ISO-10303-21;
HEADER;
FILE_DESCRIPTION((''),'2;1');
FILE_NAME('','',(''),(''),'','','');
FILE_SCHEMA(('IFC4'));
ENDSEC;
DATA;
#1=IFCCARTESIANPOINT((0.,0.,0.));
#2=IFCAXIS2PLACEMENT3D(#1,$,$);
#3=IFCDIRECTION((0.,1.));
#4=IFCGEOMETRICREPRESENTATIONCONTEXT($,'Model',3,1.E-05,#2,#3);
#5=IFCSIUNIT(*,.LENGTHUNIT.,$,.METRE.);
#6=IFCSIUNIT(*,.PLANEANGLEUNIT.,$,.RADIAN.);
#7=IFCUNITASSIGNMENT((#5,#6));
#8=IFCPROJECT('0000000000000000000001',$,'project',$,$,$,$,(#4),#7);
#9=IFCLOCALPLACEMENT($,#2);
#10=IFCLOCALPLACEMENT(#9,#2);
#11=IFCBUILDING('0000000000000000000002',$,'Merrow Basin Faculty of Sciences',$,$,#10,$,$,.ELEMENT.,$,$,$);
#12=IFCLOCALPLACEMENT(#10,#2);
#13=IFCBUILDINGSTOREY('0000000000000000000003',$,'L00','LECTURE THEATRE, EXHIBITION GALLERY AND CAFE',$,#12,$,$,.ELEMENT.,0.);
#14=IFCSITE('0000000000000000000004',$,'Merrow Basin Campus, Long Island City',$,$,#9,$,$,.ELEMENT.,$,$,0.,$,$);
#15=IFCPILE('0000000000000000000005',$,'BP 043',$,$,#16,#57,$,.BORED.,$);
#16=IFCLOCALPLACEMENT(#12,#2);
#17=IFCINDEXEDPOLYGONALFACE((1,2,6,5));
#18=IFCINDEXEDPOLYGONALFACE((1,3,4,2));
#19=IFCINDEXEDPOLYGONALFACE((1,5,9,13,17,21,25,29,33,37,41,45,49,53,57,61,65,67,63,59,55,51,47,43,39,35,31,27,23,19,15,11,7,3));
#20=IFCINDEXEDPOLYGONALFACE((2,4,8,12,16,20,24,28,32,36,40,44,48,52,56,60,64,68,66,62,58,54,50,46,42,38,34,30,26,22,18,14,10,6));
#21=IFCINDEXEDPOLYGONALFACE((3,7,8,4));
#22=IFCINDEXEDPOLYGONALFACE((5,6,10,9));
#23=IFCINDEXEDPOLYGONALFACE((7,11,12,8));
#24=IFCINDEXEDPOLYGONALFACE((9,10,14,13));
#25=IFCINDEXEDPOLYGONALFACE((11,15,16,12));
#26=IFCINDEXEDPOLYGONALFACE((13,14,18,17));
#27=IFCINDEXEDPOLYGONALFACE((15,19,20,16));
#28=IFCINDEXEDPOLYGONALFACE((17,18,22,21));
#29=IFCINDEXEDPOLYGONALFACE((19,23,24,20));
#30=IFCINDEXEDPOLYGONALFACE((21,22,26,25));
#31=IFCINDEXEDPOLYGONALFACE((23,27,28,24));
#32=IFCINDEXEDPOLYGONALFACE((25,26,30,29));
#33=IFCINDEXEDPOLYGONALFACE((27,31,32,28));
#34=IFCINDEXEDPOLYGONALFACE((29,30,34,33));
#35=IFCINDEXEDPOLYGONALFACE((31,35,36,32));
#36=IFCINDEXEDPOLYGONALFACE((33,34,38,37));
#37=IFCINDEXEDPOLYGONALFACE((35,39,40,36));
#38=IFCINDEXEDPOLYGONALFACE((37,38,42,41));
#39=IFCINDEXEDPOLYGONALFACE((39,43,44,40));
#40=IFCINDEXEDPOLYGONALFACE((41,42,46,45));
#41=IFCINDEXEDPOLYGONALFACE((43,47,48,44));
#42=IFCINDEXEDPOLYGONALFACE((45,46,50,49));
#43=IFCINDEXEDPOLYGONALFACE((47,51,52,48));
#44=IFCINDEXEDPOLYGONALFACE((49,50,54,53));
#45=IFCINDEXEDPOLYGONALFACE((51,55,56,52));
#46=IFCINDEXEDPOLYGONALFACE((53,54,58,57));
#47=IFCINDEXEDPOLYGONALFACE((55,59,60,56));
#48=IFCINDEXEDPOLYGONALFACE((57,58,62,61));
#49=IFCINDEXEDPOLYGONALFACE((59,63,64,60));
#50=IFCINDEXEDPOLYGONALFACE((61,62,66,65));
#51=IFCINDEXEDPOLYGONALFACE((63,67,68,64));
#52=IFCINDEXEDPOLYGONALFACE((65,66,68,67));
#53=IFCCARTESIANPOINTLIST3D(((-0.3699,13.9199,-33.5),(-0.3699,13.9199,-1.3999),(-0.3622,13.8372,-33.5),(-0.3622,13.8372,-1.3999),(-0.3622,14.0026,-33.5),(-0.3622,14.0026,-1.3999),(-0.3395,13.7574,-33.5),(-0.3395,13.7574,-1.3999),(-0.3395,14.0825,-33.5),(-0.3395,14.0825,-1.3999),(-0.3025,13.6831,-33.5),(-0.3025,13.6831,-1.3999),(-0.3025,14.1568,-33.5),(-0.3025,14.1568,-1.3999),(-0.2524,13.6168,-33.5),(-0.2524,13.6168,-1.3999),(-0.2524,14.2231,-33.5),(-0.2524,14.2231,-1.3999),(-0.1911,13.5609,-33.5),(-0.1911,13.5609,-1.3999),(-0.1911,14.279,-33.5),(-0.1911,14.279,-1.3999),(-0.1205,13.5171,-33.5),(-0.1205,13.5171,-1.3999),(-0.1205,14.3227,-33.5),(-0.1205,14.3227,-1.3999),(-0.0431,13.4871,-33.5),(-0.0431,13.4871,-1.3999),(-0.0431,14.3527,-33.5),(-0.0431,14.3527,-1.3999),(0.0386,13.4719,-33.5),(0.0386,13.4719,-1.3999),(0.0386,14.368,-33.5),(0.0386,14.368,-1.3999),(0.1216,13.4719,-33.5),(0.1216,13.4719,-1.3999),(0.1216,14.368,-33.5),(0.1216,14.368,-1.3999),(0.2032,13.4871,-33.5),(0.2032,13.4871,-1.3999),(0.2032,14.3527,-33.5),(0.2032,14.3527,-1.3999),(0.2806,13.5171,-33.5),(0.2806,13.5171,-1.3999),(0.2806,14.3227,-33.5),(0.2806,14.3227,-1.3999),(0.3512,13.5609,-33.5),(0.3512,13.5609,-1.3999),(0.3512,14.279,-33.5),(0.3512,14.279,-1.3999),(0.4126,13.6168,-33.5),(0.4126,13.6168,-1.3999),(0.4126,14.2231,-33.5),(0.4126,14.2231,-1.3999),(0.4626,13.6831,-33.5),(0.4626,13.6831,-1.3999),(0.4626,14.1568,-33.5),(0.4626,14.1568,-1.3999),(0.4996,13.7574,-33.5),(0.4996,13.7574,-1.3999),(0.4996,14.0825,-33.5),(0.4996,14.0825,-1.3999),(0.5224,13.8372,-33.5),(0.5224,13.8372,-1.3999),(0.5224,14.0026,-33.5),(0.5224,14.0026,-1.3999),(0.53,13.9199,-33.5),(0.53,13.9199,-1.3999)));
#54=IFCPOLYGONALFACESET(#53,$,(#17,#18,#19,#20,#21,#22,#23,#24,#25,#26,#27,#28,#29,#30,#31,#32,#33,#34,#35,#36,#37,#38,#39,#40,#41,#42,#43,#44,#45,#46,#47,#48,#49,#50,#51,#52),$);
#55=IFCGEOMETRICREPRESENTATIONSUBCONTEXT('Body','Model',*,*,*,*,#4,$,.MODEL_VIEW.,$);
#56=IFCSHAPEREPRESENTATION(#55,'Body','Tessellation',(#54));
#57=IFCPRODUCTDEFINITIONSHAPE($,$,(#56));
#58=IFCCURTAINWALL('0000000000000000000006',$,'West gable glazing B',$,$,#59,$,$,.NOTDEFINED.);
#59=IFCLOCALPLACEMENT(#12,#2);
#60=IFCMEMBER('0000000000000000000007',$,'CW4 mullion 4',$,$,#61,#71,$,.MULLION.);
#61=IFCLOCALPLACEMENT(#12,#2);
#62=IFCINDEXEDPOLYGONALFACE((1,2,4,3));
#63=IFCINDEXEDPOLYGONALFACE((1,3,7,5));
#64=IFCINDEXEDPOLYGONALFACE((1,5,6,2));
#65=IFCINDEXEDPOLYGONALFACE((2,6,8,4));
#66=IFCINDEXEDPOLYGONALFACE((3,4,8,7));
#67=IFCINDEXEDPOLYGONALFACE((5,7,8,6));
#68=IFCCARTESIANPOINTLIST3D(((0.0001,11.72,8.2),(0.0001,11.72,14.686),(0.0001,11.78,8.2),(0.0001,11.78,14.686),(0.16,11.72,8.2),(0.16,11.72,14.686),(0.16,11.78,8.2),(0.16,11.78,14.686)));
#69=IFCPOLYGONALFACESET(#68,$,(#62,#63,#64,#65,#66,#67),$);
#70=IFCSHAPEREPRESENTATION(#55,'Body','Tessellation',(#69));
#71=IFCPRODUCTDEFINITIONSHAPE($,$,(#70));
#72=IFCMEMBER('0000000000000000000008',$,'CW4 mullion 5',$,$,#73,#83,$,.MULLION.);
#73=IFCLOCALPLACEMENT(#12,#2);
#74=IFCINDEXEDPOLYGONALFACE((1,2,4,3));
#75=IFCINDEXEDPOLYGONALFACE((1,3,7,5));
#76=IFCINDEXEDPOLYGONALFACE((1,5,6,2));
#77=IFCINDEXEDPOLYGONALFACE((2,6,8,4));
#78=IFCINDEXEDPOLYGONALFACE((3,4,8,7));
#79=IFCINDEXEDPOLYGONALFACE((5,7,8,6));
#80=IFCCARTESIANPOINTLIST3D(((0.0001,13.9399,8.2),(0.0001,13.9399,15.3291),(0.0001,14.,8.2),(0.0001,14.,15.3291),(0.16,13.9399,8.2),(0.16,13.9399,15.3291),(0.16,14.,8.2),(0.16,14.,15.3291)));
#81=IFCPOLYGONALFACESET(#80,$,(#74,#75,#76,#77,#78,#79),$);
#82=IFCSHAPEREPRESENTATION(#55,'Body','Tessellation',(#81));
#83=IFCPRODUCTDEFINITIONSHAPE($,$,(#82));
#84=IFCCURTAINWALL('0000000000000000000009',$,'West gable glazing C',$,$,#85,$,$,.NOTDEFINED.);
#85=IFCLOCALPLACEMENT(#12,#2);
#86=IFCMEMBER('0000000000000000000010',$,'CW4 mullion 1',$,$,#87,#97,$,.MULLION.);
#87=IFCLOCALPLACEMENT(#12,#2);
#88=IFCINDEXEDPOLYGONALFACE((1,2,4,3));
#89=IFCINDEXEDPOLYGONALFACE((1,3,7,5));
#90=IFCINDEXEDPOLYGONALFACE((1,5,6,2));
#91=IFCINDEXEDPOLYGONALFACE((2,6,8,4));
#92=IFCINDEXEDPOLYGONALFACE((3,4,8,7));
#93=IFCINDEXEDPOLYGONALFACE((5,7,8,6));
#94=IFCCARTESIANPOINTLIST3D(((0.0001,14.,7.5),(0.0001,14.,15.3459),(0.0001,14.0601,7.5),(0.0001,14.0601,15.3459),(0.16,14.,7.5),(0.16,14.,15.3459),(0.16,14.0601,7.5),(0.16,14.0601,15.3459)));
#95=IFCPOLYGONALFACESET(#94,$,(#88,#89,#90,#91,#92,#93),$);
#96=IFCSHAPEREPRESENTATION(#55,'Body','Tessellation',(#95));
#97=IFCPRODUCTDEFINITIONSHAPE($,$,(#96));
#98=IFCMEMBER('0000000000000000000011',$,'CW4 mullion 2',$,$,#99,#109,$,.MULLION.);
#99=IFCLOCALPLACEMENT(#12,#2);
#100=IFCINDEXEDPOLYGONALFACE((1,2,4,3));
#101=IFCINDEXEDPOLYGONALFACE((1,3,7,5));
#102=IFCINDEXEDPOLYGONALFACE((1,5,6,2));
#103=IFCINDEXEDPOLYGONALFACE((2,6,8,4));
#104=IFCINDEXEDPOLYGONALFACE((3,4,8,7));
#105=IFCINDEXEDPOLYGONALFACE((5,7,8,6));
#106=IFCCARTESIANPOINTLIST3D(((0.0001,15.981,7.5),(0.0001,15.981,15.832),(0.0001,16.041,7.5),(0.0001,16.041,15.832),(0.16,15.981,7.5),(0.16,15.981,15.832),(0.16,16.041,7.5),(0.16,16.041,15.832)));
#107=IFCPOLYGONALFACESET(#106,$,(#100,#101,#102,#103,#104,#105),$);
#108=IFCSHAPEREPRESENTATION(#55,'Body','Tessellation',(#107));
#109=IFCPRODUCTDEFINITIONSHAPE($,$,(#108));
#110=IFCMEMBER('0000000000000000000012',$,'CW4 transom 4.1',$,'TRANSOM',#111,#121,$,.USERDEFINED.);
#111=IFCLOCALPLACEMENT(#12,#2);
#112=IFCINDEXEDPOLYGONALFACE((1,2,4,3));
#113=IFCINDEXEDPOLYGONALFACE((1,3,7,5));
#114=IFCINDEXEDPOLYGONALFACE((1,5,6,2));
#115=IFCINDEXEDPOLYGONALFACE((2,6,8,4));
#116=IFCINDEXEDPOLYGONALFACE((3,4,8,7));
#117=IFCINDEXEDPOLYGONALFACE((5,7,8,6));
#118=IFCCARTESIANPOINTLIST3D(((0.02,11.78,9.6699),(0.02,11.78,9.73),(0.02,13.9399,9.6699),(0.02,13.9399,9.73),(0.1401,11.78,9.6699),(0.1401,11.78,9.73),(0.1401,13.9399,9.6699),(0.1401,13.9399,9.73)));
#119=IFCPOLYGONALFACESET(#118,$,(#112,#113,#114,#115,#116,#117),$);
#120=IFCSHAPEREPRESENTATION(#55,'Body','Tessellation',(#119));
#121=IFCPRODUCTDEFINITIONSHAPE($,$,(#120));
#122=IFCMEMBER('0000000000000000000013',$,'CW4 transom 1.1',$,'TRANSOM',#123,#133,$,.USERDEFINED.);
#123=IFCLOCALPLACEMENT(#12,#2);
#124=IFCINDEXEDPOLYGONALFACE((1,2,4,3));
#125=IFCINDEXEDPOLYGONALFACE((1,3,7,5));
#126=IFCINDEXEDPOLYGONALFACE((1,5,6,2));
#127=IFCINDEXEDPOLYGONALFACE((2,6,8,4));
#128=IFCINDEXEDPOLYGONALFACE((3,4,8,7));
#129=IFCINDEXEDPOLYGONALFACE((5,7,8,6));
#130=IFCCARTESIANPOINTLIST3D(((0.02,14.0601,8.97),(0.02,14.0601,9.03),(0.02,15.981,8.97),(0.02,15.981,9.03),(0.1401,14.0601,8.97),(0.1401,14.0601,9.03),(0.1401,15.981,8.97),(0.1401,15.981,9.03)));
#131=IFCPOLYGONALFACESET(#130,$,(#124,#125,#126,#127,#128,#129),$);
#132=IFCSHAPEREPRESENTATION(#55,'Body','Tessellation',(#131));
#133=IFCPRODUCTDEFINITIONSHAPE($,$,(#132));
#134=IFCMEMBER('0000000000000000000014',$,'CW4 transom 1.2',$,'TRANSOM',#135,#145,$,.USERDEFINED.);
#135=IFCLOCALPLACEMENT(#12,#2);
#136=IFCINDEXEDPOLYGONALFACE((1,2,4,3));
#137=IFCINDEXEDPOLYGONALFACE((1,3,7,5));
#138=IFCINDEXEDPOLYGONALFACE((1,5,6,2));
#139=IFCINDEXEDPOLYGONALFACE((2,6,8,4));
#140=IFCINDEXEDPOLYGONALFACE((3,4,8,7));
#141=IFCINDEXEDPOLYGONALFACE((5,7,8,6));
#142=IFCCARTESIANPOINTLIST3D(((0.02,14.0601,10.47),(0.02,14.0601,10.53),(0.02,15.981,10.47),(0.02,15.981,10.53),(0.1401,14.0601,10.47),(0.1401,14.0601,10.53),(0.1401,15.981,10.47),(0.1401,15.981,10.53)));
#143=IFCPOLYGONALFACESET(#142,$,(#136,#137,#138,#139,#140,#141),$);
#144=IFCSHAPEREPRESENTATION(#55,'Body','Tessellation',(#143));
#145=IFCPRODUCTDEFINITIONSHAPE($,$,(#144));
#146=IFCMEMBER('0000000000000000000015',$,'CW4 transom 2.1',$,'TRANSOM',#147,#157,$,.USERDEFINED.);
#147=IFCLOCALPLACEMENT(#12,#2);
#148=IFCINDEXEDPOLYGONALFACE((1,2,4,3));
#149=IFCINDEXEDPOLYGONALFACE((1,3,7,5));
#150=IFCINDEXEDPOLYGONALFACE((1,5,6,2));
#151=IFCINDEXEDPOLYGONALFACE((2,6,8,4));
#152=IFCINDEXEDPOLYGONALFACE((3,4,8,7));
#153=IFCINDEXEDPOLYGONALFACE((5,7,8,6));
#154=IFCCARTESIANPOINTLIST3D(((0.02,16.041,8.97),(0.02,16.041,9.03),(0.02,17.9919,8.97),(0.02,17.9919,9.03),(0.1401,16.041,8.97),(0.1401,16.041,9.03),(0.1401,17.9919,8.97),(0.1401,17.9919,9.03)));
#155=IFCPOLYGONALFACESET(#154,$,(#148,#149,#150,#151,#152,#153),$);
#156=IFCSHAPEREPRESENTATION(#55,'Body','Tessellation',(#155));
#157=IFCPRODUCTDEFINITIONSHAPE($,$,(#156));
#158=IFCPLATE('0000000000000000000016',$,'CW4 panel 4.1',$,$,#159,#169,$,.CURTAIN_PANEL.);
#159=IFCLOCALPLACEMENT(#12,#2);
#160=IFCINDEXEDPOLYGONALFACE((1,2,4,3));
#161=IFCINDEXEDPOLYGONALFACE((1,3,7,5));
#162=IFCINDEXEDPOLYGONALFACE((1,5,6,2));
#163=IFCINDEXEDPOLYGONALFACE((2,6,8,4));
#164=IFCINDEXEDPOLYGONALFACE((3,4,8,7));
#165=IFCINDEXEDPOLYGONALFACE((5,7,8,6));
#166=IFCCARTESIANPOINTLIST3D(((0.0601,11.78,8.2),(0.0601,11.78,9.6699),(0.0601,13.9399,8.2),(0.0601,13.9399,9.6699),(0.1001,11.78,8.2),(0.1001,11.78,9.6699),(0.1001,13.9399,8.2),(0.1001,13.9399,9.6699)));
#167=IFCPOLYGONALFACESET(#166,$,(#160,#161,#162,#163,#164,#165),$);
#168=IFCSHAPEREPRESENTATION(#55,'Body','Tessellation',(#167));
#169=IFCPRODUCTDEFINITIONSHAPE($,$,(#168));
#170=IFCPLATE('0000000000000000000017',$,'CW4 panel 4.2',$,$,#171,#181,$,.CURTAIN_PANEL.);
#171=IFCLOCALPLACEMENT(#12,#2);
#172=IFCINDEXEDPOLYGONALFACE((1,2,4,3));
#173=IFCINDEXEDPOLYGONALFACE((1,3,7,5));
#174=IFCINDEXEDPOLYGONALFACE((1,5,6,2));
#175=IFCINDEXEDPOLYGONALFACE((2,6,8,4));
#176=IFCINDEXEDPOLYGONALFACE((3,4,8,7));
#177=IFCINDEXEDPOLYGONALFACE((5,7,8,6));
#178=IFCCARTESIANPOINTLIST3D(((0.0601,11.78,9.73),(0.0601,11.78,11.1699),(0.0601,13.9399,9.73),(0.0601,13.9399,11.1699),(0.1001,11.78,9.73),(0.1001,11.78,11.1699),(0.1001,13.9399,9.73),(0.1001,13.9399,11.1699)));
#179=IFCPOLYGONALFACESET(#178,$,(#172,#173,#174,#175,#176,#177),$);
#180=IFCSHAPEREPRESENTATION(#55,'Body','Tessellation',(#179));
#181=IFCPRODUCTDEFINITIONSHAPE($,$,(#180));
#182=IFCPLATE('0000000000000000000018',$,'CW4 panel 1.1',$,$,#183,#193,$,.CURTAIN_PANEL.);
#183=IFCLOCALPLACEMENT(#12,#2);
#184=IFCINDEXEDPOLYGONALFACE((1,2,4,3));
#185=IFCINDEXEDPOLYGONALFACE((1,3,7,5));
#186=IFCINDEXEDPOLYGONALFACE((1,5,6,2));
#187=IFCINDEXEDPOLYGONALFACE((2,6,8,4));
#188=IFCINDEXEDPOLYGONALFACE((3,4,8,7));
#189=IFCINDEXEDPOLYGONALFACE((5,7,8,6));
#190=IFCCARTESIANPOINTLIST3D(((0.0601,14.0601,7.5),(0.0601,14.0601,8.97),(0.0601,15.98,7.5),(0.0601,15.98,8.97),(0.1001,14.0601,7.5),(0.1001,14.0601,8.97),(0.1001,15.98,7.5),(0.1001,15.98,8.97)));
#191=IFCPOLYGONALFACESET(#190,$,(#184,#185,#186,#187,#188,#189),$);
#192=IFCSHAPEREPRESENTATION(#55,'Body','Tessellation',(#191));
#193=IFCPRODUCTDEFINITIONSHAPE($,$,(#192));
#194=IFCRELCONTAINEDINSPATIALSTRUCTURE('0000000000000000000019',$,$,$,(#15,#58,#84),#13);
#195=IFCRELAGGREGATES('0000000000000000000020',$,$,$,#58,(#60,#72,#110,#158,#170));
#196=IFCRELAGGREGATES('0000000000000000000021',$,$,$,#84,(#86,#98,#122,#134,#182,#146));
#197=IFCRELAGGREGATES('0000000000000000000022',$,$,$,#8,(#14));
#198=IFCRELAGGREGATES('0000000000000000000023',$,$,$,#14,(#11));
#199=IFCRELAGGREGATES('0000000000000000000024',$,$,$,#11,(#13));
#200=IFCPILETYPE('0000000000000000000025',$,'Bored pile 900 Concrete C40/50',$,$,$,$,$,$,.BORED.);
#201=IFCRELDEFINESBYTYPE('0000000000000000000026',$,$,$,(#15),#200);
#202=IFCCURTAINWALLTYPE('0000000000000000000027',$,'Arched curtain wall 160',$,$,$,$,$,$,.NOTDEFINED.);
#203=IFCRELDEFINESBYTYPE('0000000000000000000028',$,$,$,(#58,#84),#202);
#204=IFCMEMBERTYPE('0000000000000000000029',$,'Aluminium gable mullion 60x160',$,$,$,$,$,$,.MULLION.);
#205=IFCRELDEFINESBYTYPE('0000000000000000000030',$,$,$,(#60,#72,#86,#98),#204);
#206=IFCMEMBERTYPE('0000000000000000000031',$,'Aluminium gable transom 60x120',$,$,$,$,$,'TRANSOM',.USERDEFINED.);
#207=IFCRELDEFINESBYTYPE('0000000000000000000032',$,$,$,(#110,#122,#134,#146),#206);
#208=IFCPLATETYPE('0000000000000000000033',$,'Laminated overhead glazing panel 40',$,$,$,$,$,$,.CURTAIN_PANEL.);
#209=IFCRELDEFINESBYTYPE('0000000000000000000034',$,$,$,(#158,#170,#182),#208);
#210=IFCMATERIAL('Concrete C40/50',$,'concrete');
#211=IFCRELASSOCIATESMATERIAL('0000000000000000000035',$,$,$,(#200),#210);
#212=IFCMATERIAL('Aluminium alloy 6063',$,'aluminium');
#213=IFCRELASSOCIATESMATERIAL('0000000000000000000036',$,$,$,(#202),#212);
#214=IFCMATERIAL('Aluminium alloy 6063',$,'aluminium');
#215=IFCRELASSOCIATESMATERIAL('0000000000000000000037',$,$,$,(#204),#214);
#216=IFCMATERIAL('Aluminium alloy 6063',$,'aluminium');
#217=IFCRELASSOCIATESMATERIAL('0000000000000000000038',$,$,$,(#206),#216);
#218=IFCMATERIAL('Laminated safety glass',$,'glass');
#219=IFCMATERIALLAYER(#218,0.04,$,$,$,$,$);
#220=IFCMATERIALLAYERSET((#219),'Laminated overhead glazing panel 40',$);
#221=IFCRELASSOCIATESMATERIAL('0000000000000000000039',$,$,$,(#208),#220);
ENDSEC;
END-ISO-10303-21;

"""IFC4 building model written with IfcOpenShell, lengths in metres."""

from ifc_helpers import new_model, si_unit, direction, frame, origin, origin_2d, place, context, subcontext, project, spatial, polyline, rectangle, circle, outline, extrude, material, layer, layer_set, material_profile, profile_set, type_object, element, aggregate, save


model = new_model("IFC4")

# Units and contexts
model_context = context("Model", 3, precision=1e-05, world=origin(), true_north=direction((0.0, 1.0)))
body_context = subcontext(model_context, "Body", "Model", "MODEL_VIEW")
ifc_project = project(units=[si_unit("LENGTHUNIT", "METRE"), si_unit("PLANEANGLEUNIT", "RADIAN")], contexts=[model_context])

# Site, building, storey
site_placement = place(None, origin())
site = spatial("IfcSite", under=ifc_project, at=site_placement, Name="Merrow Basin Campus, Long Island City", CompositionType="ELEMENT", RefElevation=0.0)
building_placement = place(site_placement, origin())
building = spatial("IfcBuilding", under=site, at=building_placement, Name="Merrow Basin Faculty of Sciences", CompositionType="ELEMENT")
storey_placement = place(building_placement, origin())
storey = spatial("IfcBuildingStorey", under=building, at=storey_placement, Name="L00", Description="LECTURE THEATRE, EXHIBITION GALLERY AND CAFE", CompositionType="ELEMENT", Elevation=0.0)

# Pile
ifc_material_1 = material(Name="Concrete C40/50", Category="concrete")
ifc_material_profile_1 = material_profile(ifc_material_1, circle(Radius=0.45, at=origin_2d()))
ifc_profile_set_1 = profile_set([ifc_material_profile_1], Name="Concrete C40/50")
pile_type_1 = type_object("IfcPileType", Name="Bored pile 900 Concrete C40/50", PredefinedType="BORED", material=ifc_profile_set_1)
for number, where, z_axis, x_axis, name in (
    (1, (0.0801, 13.9199, -1.3999), (0.0, 0.0, -1.0), (1.0, 0.0, 0.0), "BP 043"),
):
    element("IfcPile", number, at=place(storey_placement, frame(where, z_axis=z_axis, x_axis=x_axis)), inside=storey, type_object=pile_type_1, Name=name, PredefinedType="BORED", context=body_context, shape_type="SweptSolid", body=[
        extrude(circle(Radius=0.45, at=origin_2d()), origin(), (0.0, 0.0, 1.0), 32.1001),
    ])

# Curtain walls, members
ifc_material_2 = material(Name="Aluminium alloy 6063", Category="aluminium")
curtain_wall_type = type_object("IfcCurtainWallType", Name="Arched curtain wall 160", PredefinedType="NOTDEFINED", material=ifc_material_2)
curtain_wall_1_placement = place(storey_placement, origin())
curtain_wall_1 = element("IfcCurtainWall", 2, at=curtain_wall_1_placement, inside=storey, type_object=curtain_wall_type, Name="West gable glazing B", PredefinedType="NOTDEFINED")
ifc_material_3 = material(Name="Aluminium alloy 6063", Category="aluminium")
ifc_material_profile_2 = material_profile(ifc_material_3, rectangle(XDim=0.1599, YDim=0.0601, at=origin_2d()))
ifc_profile_set_2 = profile_set([ifc_material_profile_2], Name="Aluminium alloy 6063")
member_type_1 = type_object("IfcMemberType", Name="Aluminium gable mullion 60x160", PredefinedType="MULLION", material=ifc_profile_set_2)
member_1_placement = place(storey_placement, frame((0.0801, 11.75, 8.2), z_axis=(0.0, 0.0, 1.0), x_axis=(1.0, 0.0, 0.0)))
member_1 = element("IfcMember", 3, at=member_1_placement, type_object=member_type_1, Name="CW4 mullion 4", PredefinedType="MULLION", context=body_context, shape_type="SweptSolid", body=[
    extrude(rectangle(XDim=0.1599, YDim=0.0601, at=origin_2d()), origin(), (0.0, 0.0, 1.0), 6.4861),
])
member_2_placement = place(storey_placement, frame((0.0801, 13.97, 8.2), z_axis=(0.0, 0.0, 1.0), x_axis=(1.0, 0.0, 0.0)))
member_2 = element("IfcMember", 4, at=member_2_placement, type_object=member_type_1, Name="CW4 mullion 5", PredefinedType="MULLION", context=body_context, shape_type="SweptSolid", body=[
    extrude(rectangle(XDim=0.1599, YDim=0.0601, at=origin_2d()), origin(), (0.0, 0.0, 1.0), 7.1292),
])
curtain_wall_2_placement = place(storey_placement, origin())
curtain_wall_2 = element("IfcCurtainWall", 5, at=curtain_wall_2_placement, inside=storey, type_object=curtain_wall_type, Name="West gable glazing C", PredefinedType="NOTDEFINED")
member_3_placement = place(storey_placement, frame((0.0801, 14.03, 7.5), z_axis=(0.0, 0.0, 1.0), x_axis=(1.0, 0.0, 0.0)))
member_3 = element("IfcMember", 6, at=member_3_placement, type_object=member_type_1, Name="CW4 mullion 1", PredefinedType="MULLION", context=body_context, shape_type="SweptSolid", body=[
    extrude(rectangle(XDim=0.1599, YDim=0.0601, at=origin_2d()), origin(), (0.0, 0.0, 1.0), 7.8459),
])
member_4_placement = place(storey_placement, frame((0.0801, 16.011, 7.5), z_axis=(0.0, 0.0, 1.0), x_axis=(1.0, 0.0, 0.0)))
member_4 = element("IfcMember", 7, at=member_4_placement, type_object=member_type_1, Name="CW4 mullion 2", PredefinedType="MULLION", context=body_context, shape_type="SweptSolid", body=[
    extrude(rectangle(XDim=0.1599, YDim=0.0601, at=origin_2d()), origin(), (0.0, 0.0, 1.0), 8.332),
])

# Members
ifc_material_4 = material(Name="Aluminium alloy 6063", Category="aluminium")
ifc_material_profile_3 = material_profile(ifc_material_4, rectangle(XDim=0.1201, YDim=0.0601, at=origin_2d()))
ifc_profile_set_3 = profile_set([ifc_material_profile_3], Name="Aluminium alloy 6063")
member_type_2 = type_object("IfcMemberType", Name="Aluminium gable transom 60x120", ElementType="TRANSOM", PredefinedType="USERDEFINED", material=ifc_profile_set_3)
member_5_placement = place(storey_placement, frame((0.0801, 11.78, 9.7), z_axis=(0.0, 1.0, 0.0), x_axis=(-1.0, 0.0, 0.0)))
member_5 = element("IfcMember", 8, at=member_5_placement, type_object=member_type_2, Name="CW4 transom 4.1", ObjectType="TRANSOM", PredefinedType="USERDEFINED", context=body_context, shape_type="SweptSolid", body=[
    extrude(rectangle(XDim=0.1201, YDim=0.0601, at=origin_2d()), origin(), (0.0, 0.0, 1.0), 2.1599),
])
member_6_placement = place(storey_placement, frame((0.0801, 14.0601, 9.0), z_axis=(0.0, 1.0, 0.0), x_axis=(-1.0, 0.0, 0.0)))
member_6 = element("IfcMember", 9, at=member_6_placement, type_object=member_type_2, Name="CW4 transom 1.1", ObjectType="TRANSOM", PredefinedType="USERDEFINED", context=body_context, shape_type="SweptSolid", body=[
    extrude(rectangle(XDim=0.1201, YDim=0.0601, at=origin_2d()), origin(), (0.0, 0.0, 1.0), 1.9209),
])
member_7_placement = place(storey_placement, frame((0.0801, 14.0601, 10.5), z_axis=(0.0, 1.0, 0.0), x_axis=(-1.0, 0.0, 0.0)))
member_7 = element("IfcMember", 10, at=member_7_placement, type_object=member_type_2, Name="CW4 transom 1.2", ObjectType="TRANSOM", PredefinedType="USERDEFINED", context=body_context, shape_type="SweptSolid", body=[
    extrude(rectangle(XDim=0.1201, YDim=0.0601, at=origin_2d()), origin(), (0.0, 0.0, 1.0), 1.9209),
])
member_8_placement = place(storey_placement, frame((0.0801, 16.041, 9.0), z_axis=(0.0, 1.0, 0.0), x_axis=(-1.0, 0.0, 0.0)))
member_8 = element("IfcMember", 11, at=member_8_placement, type_object=member_type_2, Name="CW4 transom 2.1", ObjectType="TRANSOM", PredefinedType="USERDEFINED", context=body_context, shape_type="SweptSolid", body=[
    extrude(rectangle(XDim=0.1201, YDim=0.0601, at=origin_2d()), origin(), (0.0, 0.0, 1.0), 1.9509),
])

# Plates
ifc_material_5 = material(Name="Laminated safety glass", Category="glass")
ifc_layer_1 = layer(ifc_material_5, 0.04)
ifc_layer_set_1 = layer_set([ifc_layer_1], Name="Laminated overhead glazing panel 40")
plate_type = type_object("IfcPlateType", Name="Laminated overhead glazing panel 40", PredefinedType="CURTAIN_PANEL", material=ifc_layer_set_1)
plate_1_placement = place(storey_placement, frame((0.0601, 11.78, 8.2), z_axis=(1.0, 0.0, 0.0), x_axis=(0.0, 1.0, 0.0)))
plate_1 = element("IfcPlate", 12, at=plate_1_placement, type_object=plate_type, Name="CW4 panel 4.1", PredefinedType="CURTAIN_PANEL", context=body_context, shape_type="SweptSolid", body=[
    extrude(outline(polyline([(0.0, 0.0), (2.1599, 0.0), (2.1599, 1.47), (0.0, 1.47), (0.0, 0.0)])), origin(), (0.0, 0.0, 1.0), 0.04),
])
plate_2_placement = place(storey_placement, frame((0.0601, 11.78, 9.73), z_axis=(1.0, 0.0, 0.0), x_axis=(0.0, 1.0, 0.0)))
plate_2 = element("IfcPlate", 13, at=plate_2_placement, type_object=plate_type, Name="CW4 panel 4.2", PredefinedType="CURTAIN_PANEL", context=body_context, shape_type="SweptSolid", body=[
    extrude(outline(polyline([(0.0, 0.0), (2.1599, 0.0), (2.1599, 1.4399), (0.0, 1.4399), (0.0, 0.0)])), origin(), (0.0, 0.0, 1.0), 0.04),
])
aggregate(curtain_wall_1, [member_1, member_2, member_5, plate_1, plate_2])
plate_3_placement = place(storey_placement, frame((0.0601, 14.0601, 7.5), z_axis=(1.0, 0.0, 0.0), x_axis=(0.0, 1.0, 0.0)))
plate_3 = element("IfcPlate", 14, at=plate_3_placement, type_object=plate_type, Name="CW4 panel 1.1", PredefinedType="CURTAIN_PANEL", context=body_context, shape_type="SweptSolid", body=[
    extrude(outline(polyline([(0.0, 0.0), (1.9199, 0.0), (1.9199, 1.47), (0.0, 1.47), (0.0, 0.0)])), origin(), (0.0, 0.0, 1.0), 0.04),
])
aggregate(curtain_wall_2, [member_3, member_4, member_6, member_7, plate_3, member_8])

save(model, "model.ifc")
